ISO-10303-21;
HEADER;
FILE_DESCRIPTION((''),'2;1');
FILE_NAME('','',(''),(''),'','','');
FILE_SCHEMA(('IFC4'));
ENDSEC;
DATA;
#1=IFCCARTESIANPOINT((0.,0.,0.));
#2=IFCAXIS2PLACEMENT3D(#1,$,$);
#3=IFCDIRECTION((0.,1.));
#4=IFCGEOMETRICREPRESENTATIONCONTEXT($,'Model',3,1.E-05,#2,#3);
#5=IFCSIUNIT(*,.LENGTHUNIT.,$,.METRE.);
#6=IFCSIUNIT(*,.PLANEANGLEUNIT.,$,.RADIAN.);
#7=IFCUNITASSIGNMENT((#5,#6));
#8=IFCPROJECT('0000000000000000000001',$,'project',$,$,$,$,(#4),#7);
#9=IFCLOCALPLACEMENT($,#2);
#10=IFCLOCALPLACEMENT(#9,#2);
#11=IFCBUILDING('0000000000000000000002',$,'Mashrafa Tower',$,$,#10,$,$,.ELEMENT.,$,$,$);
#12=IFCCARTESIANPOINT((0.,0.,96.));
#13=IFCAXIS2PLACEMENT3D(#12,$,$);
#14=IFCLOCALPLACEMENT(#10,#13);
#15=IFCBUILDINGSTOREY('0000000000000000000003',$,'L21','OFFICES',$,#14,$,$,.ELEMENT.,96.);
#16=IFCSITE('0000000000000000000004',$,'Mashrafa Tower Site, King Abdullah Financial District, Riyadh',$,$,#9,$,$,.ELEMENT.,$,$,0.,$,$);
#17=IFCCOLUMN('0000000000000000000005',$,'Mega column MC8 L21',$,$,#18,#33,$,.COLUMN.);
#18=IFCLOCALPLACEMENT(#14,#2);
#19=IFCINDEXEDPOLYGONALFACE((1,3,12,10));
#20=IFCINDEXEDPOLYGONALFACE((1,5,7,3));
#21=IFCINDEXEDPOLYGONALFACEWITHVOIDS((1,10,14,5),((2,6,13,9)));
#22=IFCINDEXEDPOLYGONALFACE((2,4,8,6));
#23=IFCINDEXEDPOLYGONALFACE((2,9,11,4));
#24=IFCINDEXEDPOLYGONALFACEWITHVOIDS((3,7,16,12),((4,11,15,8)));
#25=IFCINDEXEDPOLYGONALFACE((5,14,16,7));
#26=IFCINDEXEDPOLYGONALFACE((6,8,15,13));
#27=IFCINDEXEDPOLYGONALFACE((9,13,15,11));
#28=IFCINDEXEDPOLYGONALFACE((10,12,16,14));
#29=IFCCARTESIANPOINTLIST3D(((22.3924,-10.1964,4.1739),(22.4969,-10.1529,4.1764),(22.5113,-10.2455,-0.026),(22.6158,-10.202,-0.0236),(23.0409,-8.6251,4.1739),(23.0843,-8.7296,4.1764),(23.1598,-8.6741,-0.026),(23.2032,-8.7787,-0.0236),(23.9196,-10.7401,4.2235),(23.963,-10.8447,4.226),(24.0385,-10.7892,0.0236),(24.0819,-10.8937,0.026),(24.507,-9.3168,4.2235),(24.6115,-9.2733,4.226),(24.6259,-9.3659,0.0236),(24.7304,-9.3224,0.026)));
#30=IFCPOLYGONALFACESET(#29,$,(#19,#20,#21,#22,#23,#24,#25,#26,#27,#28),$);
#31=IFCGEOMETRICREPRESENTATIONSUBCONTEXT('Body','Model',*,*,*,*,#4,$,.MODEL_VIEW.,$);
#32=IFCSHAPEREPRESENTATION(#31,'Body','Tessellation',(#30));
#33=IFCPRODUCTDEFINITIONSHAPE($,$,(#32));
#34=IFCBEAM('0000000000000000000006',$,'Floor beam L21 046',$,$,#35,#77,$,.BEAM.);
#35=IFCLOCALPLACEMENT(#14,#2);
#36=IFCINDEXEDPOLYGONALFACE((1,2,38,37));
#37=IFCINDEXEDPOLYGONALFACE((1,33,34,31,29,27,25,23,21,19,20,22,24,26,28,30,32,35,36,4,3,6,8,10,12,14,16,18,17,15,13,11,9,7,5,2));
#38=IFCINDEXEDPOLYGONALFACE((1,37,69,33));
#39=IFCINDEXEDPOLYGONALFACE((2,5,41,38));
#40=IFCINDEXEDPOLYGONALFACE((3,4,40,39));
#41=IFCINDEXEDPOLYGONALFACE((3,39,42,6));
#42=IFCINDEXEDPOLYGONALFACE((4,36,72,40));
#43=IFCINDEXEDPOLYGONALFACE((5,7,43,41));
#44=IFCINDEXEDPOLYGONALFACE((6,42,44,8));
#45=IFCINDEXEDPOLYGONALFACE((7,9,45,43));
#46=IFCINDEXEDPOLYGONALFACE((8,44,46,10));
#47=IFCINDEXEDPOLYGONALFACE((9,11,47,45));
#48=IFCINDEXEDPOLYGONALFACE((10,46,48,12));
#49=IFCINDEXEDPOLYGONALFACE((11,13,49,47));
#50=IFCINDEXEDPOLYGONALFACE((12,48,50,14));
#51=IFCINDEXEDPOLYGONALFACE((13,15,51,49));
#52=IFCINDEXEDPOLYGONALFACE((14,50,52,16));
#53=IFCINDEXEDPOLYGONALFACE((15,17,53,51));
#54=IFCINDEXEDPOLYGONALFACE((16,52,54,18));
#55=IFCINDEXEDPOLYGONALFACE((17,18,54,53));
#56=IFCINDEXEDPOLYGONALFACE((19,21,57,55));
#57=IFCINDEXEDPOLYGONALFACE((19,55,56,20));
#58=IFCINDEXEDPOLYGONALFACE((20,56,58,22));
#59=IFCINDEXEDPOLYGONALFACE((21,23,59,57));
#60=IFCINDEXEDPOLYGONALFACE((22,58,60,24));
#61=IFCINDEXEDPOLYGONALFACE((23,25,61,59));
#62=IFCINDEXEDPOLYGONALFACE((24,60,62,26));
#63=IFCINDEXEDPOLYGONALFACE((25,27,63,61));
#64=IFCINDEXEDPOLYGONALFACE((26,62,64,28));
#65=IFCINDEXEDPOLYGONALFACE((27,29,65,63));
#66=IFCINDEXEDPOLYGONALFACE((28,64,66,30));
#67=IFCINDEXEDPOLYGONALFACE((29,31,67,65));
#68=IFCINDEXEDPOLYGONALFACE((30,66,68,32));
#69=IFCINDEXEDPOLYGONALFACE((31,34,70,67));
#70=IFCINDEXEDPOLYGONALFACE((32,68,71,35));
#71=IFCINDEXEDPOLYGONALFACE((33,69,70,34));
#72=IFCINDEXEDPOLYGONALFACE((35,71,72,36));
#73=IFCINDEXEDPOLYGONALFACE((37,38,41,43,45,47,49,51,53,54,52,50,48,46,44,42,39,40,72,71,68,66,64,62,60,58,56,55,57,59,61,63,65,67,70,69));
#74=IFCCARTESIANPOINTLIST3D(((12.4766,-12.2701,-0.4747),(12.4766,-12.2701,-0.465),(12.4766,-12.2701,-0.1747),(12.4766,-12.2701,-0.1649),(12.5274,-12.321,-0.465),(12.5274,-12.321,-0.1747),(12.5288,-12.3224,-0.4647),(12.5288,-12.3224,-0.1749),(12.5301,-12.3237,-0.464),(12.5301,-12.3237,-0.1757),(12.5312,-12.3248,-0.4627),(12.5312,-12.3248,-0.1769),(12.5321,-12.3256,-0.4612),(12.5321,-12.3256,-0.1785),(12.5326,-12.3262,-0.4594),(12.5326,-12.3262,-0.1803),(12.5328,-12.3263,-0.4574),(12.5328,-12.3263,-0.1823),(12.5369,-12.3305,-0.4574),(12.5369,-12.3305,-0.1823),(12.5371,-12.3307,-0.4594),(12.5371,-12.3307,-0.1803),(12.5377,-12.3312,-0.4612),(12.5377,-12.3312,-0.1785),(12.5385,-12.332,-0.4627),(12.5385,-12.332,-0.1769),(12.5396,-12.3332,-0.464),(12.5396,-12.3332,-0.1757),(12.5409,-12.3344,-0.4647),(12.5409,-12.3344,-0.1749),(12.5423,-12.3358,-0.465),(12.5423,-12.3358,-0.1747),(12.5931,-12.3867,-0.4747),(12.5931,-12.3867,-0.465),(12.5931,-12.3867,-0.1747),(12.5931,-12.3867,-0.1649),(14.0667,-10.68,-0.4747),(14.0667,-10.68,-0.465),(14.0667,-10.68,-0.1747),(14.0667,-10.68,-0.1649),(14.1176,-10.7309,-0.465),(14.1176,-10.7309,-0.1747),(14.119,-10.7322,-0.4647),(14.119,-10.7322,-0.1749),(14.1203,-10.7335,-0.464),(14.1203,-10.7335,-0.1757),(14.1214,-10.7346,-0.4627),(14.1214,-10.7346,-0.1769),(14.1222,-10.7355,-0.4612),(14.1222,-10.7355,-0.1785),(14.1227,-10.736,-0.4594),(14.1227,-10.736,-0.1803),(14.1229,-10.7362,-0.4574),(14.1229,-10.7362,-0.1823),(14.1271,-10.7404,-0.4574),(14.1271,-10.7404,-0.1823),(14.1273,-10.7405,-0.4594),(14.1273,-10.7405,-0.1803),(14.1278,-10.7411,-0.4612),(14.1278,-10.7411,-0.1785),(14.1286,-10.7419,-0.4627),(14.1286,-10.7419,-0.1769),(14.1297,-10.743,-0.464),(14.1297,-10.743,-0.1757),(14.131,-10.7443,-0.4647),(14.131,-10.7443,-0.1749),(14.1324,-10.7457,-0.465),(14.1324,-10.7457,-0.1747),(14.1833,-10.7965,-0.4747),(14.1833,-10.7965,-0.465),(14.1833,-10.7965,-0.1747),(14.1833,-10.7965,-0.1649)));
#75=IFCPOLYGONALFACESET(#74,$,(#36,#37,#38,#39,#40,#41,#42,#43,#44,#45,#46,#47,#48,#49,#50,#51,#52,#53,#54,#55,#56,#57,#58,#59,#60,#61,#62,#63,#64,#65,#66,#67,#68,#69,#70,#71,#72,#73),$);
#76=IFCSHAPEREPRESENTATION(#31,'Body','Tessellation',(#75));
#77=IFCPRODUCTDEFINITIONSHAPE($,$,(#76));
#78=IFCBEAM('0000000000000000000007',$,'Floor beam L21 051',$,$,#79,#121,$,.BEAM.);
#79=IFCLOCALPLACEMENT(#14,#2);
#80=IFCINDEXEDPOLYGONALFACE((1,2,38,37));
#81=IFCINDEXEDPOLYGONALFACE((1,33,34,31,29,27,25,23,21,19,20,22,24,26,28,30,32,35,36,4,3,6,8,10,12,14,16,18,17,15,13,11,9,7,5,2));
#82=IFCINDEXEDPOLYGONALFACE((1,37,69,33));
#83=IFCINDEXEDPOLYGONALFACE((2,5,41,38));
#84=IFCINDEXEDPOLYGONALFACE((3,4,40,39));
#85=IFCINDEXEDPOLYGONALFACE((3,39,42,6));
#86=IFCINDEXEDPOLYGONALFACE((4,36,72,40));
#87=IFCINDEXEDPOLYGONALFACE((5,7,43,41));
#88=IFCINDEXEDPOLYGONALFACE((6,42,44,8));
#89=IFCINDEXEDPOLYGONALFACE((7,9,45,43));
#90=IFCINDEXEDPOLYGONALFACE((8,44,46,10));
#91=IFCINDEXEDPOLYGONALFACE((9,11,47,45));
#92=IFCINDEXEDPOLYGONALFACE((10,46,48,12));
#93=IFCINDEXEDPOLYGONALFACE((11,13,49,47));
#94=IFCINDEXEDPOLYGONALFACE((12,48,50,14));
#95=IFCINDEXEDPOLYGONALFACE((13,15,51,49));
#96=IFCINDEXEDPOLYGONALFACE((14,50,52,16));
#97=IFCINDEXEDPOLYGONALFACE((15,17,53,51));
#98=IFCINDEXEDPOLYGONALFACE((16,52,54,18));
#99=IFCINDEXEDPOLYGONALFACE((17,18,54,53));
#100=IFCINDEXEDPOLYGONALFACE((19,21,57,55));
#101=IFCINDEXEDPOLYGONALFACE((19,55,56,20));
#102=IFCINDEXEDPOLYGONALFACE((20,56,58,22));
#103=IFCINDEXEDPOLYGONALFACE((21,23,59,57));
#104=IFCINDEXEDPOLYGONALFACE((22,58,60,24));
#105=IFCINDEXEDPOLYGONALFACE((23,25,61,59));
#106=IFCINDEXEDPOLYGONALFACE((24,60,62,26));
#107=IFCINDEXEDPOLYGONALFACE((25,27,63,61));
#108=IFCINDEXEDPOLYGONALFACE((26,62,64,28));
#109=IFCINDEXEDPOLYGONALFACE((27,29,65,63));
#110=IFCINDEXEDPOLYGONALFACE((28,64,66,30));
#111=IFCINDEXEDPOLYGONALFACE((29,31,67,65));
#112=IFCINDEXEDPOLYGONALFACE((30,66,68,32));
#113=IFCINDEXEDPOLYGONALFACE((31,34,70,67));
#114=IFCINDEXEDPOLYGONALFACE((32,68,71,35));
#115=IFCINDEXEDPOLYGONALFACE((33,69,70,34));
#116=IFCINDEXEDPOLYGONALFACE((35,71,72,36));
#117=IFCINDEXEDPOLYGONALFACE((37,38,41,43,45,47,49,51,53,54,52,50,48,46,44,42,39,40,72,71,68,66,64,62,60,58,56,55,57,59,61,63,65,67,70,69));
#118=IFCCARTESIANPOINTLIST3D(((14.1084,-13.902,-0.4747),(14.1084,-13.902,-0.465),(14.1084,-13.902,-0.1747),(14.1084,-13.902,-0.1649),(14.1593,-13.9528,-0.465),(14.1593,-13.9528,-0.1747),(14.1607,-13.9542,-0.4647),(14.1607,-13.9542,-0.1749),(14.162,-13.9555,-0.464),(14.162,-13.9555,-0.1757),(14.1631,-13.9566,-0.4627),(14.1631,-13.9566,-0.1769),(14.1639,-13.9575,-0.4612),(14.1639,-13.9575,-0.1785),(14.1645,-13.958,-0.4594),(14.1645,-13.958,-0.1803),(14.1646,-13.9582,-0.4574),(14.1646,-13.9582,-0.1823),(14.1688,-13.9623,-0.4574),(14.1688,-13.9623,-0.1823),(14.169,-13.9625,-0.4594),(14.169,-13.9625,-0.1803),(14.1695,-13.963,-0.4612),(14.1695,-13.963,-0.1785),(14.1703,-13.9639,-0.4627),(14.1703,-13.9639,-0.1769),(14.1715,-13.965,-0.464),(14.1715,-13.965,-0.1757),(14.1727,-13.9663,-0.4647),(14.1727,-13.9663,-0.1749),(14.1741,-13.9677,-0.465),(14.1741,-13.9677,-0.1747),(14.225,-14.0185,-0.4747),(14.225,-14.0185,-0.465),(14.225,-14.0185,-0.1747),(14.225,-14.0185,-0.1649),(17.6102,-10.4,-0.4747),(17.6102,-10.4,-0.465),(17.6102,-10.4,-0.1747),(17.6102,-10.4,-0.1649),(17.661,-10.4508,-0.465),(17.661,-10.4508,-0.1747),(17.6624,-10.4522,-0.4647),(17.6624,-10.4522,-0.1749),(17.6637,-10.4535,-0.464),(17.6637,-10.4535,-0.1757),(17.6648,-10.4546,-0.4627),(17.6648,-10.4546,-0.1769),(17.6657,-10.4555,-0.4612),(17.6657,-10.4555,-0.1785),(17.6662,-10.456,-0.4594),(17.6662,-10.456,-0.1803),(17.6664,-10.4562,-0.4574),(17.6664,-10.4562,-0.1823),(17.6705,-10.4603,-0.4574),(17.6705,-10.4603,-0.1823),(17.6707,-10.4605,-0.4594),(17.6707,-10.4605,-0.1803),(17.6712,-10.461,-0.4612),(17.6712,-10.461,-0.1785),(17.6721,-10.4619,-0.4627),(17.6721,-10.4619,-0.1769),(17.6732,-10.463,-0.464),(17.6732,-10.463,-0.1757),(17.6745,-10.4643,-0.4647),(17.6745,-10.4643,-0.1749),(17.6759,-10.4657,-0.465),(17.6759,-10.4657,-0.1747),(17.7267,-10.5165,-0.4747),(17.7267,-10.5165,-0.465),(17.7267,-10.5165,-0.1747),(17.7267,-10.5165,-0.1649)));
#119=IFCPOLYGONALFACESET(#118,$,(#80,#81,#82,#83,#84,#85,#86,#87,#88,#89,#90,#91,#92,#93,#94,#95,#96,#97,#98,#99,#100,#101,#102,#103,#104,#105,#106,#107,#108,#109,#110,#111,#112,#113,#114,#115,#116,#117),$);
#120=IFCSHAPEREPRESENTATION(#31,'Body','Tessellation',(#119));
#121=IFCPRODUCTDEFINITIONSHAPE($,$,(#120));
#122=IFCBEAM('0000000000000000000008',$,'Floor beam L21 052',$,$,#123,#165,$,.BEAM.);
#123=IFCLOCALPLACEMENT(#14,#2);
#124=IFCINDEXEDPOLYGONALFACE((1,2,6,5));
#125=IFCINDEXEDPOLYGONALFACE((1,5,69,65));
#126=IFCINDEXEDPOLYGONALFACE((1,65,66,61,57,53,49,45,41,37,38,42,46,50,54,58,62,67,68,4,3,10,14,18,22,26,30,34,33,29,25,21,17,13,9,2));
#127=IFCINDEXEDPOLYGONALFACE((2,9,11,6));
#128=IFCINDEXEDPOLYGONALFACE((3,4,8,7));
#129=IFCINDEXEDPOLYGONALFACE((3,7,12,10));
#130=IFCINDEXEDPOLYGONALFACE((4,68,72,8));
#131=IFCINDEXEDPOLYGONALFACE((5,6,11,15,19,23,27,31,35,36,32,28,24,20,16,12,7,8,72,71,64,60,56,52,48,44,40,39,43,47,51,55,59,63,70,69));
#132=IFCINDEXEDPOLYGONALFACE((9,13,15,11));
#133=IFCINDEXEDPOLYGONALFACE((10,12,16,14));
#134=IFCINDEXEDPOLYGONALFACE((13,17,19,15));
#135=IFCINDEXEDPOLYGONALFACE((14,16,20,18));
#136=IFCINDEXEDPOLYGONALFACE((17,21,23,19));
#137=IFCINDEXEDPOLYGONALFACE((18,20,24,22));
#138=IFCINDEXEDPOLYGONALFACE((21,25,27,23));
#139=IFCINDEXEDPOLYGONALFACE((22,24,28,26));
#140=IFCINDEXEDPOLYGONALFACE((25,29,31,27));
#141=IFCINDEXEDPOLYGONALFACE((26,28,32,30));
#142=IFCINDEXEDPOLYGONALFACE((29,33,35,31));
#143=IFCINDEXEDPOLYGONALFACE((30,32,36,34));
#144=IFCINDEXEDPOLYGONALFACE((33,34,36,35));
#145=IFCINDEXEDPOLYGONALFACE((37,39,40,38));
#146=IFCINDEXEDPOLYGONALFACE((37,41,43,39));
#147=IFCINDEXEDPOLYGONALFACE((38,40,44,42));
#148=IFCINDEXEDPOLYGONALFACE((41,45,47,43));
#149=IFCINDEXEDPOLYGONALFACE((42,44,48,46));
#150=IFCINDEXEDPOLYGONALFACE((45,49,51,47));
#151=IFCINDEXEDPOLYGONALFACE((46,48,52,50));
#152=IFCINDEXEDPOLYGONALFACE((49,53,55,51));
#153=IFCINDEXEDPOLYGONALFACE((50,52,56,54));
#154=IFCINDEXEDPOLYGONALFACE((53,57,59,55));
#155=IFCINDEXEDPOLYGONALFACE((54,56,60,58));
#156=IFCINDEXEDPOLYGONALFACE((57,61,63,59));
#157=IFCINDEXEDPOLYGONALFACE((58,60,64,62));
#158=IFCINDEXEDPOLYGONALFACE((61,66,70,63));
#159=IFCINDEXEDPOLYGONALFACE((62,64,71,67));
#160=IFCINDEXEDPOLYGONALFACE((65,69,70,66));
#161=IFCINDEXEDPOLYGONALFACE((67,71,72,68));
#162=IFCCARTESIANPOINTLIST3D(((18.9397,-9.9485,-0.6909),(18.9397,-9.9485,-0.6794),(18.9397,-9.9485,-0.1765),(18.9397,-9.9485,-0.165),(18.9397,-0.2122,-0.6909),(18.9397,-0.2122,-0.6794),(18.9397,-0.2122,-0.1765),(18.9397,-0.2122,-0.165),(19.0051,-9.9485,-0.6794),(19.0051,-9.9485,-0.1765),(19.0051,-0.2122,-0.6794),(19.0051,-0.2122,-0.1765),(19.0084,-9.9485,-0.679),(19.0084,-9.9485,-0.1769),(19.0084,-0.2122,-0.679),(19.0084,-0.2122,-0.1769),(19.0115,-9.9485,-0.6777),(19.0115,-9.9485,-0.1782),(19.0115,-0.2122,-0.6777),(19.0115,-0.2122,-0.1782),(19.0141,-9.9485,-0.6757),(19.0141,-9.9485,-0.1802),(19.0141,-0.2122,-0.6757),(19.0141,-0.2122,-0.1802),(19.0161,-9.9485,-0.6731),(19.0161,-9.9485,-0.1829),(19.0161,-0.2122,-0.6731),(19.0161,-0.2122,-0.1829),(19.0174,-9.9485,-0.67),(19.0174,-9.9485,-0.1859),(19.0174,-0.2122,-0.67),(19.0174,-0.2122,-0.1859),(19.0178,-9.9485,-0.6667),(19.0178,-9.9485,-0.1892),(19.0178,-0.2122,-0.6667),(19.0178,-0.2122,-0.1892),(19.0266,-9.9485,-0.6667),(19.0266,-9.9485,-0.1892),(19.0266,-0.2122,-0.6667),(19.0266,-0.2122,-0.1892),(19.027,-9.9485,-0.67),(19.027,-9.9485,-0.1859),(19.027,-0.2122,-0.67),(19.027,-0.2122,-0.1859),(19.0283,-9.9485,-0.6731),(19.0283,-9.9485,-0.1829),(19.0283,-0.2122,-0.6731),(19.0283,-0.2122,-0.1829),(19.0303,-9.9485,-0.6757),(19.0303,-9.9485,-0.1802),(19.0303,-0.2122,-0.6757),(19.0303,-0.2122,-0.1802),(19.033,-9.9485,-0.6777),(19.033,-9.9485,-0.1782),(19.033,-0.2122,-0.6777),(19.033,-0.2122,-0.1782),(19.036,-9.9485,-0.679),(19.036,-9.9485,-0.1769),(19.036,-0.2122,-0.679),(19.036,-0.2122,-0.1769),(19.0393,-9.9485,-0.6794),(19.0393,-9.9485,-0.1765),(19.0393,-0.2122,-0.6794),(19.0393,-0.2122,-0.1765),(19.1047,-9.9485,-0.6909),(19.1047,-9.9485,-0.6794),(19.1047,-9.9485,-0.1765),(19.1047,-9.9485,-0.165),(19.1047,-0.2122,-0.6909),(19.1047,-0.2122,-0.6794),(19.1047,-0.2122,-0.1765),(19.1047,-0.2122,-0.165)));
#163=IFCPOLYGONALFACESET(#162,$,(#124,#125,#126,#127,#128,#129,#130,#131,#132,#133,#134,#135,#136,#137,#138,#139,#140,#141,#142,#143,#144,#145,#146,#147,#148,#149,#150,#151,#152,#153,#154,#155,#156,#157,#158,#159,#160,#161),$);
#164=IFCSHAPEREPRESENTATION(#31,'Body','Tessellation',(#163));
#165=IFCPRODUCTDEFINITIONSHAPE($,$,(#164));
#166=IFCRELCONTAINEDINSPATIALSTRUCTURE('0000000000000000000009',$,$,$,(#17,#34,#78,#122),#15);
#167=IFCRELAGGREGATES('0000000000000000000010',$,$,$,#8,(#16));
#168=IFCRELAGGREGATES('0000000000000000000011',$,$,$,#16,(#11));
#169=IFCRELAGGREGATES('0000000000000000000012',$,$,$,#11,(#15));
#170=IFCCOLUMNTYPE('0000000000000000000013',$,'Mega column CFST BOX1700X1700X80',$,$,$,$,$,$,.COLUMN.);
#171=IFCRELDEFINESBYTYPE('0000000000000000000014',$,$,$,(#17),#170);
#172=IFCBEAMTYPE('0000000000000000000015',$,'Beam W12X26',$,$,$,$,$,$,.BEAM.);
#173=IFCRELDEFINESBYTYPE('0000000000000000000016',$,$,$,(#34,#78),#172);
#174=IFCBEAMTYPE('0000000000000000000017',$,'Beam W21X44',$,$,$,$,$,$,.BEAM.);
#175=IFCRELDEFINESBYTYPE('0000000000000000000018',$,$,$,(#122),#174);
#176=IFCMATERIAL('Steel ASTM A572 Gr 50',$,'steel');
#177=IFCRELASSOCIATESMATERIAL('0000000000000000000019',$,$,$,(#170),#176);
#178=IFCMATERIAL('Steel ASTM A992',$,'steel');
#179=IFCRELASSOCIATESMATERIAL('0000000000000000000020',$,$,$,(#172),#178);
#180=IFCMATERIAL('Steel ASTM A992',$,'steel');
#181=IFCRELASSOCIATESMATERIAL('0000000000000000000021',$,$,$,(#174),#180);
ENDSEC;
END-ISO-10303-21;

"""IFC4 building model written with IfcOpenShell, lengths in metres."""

from ifc_helpers import new_model, si_unit, direction, frame, origin, origin_2d, place, context, subcontext, project, spatial, hollow_rectangle, i_section, extrude, material, material_profile, profile_set, type_object, element, save


model = new_model("IFC4")

# Units and contexts
model_context = context("Model", 3, precision=1e-05, world=origin(), true_north=direction((0.0, 1.0)))
body_context = subcontext(model_context, "Body", "Model", "MODEL_VIEW")
ifc_project = project(units=[si_unit("LENGTHUNIT", "METRE"), si_unit("PLANEANGLEUNIT", "RADIAN")], contexts=[model_context])

# Site, building, storey
site_placement = place(None, origin())
site = spatial("IfcSite", under=ifc_project, at=site_placement, Name="Mashrafa Tower Site, King Abdullah Financial District, Riyadh", CompositionType="ELEMENT", RefElevation=0.0)
building_placement = place(site_placement, origin())
building = spatial("IfcBuilding", under=site, at=building_placement, Name="Mashrafa Tower", CompositionType="ELEMENT")
storey_placement = place(building_placement, frame((0.0, 0.0, 96.0)))
storey = spatial("IfcBuildingStorey", under=building, at=storey_placement, Name="L21", Description="OFFICES", CompositionType="ELEMENT", Elevation=96.0)

# Column
ifc_material_1 = material(Name="Steel ASTM A572 Gr 50", Category="steel")
ifc_material_profile_1 = material_profile(ifc_material_1, hollow_rectangle(XDim=1.7, YDim=1.7, WallThickness=0.0801, at=origin_2d()), Name="BOX1700X1700X80")
ifc_profile_set_1 = profile_set([ifc_material_profile_1], Name="Steel ASTM A572 Gr 50")
column_type = type_object("IfcColumnType", Name="Mega column CFST BOX1700X1700X80", PredefinedType="COLUMN", material=ifc_profile_set_1)
column_placement = place(storey_placement, frame((23.6208, -9.7839, 0.0), z_axis=(-0.028296, 0.011679, 0.999531), x_axis=(-0.381513, -0.924363, 0.0)))
element("IfcColumn", 1, at=column_placement, inside=storey, type_object=column_type, Name="Mega column MC8 L21", PredefinedType="COLUMN", context=body_context, shape_type="SweptSolid", body=[
    extrude(hollow_rectangle(XDim=1.7, YDim=1.7, WallThickness=0.0801, at=origin_2d()), origin(), (0.0, 0.0, 1.0), 4.2019),
])

# Beams
ifc_material_2 = material(Name="Steel ASTM A992", Category="steel")
ifc_material_profile_2 = material_profile(ifc_material_2, i_section(OverallWidth=0.1648, OverallDepth=0.3098, WebThickness=0.0059, FlangeThickness=0.0098, FilletRadius=0.0076, at=origin_2d()), Name="W12X26")
ifc_profile_set_2 = profile_set([ifc_material_profile_2], Name="Steel ASTM A992")
beam_type_1 = type_object("IfcBeamType", Name="Beam W12X26", PredefinedType="BEAM", material=ifc_profile_set_2)
beam_1_placement = place(storey_placement, frame((14.125, -10.7383, -0.3198), z_axis=(-0.707107, -0.707107, 0.0), x_axis=(0.707107, -0.707107, 0.0)))
element("IfcBeam", 2, at=beam_1_placement, inside=storey, type_object=beam_type_1, Name="Floor beam L21 046", PredefinedType="BEAM", context=body_context, shape_type="SweptSolid", body=[
    extrude(i_section(OverallWidth=0.1648, OverallDepth=0.3098, WebThickness=0.0059, FlangeThickness=0.0098, FilletRadius=0.0076, at=origin_2d()), origin(), (0.0, 0.0, 1.0), 2.2488),
])
beam_2_placement = place(storey_placement, frame((17.6685, -10.4583, -0.3198), z_axis=(-0.707082, -0.707131, 0.0), x_axis=(0.707131, -0.707082, 0.0)))
element("IfcBeam", 3, at=beam_2_placement, inside=storey, type_object=beam_type_1, Name="Floor beam L21 051", PredefinedType="BEAM", context=body_context, shape_type="SweptSolid", body=[
    extrude(i_section(OverallWidth=0.1648, OverallDepth=0.3098, WebThickness=0.0059, FlangeThickness=0.0098, FilletRadius=0.0076, at=origin_2d()), origin(), (0.0, 0.0, 1.0), 4.9524),
])
ifc_material_3 = material(Name="Steel ASTM A992", Category="steel")
ifc_material_profile_3 = material_profile(ifc_material_3, i_section(OverallWidth=0.165, OverallDepth=0.5259, WebThickness=0.0088, FlangeThickness=0.0115, FilletRadius=0.0127, at=origin_2d()), Name="W21X44")
ifc_profile_set_3 = profile_set([ifc_material_profile_3], Name="Steel ASTM A992")
beam_type_2 = type_object("IfcBeamType", Name="Beam W21X44", PredefinedType="BEAM", material=ifc_profile_set_3)
beam_3_placement = place(storey_placement, frame((19.0222, -0.2122, -0.428), z_axis=(0.0, -1.0, 0.0), x_axis=(1.0, 0.0, 0.0)))
element("IfcBeam", 4, at=beam_3_placement, inside=storey, type_object=beam_type_2, Name="Floor beam L21 052", PredefinedType="BEAM", context=body_context, shape_type="SweptSolid", body=[
    extrude(i_section(OverallWidth=0.165, OverallDepth=0.5259, WebThickness=0.0088, FlangeThickness=0.0115, FilletRadius=0.0127, at=origin_2d()), origin(), (0.0, 0.0, 1.0), 9.7363),
])

save(model, "model.ifc")
